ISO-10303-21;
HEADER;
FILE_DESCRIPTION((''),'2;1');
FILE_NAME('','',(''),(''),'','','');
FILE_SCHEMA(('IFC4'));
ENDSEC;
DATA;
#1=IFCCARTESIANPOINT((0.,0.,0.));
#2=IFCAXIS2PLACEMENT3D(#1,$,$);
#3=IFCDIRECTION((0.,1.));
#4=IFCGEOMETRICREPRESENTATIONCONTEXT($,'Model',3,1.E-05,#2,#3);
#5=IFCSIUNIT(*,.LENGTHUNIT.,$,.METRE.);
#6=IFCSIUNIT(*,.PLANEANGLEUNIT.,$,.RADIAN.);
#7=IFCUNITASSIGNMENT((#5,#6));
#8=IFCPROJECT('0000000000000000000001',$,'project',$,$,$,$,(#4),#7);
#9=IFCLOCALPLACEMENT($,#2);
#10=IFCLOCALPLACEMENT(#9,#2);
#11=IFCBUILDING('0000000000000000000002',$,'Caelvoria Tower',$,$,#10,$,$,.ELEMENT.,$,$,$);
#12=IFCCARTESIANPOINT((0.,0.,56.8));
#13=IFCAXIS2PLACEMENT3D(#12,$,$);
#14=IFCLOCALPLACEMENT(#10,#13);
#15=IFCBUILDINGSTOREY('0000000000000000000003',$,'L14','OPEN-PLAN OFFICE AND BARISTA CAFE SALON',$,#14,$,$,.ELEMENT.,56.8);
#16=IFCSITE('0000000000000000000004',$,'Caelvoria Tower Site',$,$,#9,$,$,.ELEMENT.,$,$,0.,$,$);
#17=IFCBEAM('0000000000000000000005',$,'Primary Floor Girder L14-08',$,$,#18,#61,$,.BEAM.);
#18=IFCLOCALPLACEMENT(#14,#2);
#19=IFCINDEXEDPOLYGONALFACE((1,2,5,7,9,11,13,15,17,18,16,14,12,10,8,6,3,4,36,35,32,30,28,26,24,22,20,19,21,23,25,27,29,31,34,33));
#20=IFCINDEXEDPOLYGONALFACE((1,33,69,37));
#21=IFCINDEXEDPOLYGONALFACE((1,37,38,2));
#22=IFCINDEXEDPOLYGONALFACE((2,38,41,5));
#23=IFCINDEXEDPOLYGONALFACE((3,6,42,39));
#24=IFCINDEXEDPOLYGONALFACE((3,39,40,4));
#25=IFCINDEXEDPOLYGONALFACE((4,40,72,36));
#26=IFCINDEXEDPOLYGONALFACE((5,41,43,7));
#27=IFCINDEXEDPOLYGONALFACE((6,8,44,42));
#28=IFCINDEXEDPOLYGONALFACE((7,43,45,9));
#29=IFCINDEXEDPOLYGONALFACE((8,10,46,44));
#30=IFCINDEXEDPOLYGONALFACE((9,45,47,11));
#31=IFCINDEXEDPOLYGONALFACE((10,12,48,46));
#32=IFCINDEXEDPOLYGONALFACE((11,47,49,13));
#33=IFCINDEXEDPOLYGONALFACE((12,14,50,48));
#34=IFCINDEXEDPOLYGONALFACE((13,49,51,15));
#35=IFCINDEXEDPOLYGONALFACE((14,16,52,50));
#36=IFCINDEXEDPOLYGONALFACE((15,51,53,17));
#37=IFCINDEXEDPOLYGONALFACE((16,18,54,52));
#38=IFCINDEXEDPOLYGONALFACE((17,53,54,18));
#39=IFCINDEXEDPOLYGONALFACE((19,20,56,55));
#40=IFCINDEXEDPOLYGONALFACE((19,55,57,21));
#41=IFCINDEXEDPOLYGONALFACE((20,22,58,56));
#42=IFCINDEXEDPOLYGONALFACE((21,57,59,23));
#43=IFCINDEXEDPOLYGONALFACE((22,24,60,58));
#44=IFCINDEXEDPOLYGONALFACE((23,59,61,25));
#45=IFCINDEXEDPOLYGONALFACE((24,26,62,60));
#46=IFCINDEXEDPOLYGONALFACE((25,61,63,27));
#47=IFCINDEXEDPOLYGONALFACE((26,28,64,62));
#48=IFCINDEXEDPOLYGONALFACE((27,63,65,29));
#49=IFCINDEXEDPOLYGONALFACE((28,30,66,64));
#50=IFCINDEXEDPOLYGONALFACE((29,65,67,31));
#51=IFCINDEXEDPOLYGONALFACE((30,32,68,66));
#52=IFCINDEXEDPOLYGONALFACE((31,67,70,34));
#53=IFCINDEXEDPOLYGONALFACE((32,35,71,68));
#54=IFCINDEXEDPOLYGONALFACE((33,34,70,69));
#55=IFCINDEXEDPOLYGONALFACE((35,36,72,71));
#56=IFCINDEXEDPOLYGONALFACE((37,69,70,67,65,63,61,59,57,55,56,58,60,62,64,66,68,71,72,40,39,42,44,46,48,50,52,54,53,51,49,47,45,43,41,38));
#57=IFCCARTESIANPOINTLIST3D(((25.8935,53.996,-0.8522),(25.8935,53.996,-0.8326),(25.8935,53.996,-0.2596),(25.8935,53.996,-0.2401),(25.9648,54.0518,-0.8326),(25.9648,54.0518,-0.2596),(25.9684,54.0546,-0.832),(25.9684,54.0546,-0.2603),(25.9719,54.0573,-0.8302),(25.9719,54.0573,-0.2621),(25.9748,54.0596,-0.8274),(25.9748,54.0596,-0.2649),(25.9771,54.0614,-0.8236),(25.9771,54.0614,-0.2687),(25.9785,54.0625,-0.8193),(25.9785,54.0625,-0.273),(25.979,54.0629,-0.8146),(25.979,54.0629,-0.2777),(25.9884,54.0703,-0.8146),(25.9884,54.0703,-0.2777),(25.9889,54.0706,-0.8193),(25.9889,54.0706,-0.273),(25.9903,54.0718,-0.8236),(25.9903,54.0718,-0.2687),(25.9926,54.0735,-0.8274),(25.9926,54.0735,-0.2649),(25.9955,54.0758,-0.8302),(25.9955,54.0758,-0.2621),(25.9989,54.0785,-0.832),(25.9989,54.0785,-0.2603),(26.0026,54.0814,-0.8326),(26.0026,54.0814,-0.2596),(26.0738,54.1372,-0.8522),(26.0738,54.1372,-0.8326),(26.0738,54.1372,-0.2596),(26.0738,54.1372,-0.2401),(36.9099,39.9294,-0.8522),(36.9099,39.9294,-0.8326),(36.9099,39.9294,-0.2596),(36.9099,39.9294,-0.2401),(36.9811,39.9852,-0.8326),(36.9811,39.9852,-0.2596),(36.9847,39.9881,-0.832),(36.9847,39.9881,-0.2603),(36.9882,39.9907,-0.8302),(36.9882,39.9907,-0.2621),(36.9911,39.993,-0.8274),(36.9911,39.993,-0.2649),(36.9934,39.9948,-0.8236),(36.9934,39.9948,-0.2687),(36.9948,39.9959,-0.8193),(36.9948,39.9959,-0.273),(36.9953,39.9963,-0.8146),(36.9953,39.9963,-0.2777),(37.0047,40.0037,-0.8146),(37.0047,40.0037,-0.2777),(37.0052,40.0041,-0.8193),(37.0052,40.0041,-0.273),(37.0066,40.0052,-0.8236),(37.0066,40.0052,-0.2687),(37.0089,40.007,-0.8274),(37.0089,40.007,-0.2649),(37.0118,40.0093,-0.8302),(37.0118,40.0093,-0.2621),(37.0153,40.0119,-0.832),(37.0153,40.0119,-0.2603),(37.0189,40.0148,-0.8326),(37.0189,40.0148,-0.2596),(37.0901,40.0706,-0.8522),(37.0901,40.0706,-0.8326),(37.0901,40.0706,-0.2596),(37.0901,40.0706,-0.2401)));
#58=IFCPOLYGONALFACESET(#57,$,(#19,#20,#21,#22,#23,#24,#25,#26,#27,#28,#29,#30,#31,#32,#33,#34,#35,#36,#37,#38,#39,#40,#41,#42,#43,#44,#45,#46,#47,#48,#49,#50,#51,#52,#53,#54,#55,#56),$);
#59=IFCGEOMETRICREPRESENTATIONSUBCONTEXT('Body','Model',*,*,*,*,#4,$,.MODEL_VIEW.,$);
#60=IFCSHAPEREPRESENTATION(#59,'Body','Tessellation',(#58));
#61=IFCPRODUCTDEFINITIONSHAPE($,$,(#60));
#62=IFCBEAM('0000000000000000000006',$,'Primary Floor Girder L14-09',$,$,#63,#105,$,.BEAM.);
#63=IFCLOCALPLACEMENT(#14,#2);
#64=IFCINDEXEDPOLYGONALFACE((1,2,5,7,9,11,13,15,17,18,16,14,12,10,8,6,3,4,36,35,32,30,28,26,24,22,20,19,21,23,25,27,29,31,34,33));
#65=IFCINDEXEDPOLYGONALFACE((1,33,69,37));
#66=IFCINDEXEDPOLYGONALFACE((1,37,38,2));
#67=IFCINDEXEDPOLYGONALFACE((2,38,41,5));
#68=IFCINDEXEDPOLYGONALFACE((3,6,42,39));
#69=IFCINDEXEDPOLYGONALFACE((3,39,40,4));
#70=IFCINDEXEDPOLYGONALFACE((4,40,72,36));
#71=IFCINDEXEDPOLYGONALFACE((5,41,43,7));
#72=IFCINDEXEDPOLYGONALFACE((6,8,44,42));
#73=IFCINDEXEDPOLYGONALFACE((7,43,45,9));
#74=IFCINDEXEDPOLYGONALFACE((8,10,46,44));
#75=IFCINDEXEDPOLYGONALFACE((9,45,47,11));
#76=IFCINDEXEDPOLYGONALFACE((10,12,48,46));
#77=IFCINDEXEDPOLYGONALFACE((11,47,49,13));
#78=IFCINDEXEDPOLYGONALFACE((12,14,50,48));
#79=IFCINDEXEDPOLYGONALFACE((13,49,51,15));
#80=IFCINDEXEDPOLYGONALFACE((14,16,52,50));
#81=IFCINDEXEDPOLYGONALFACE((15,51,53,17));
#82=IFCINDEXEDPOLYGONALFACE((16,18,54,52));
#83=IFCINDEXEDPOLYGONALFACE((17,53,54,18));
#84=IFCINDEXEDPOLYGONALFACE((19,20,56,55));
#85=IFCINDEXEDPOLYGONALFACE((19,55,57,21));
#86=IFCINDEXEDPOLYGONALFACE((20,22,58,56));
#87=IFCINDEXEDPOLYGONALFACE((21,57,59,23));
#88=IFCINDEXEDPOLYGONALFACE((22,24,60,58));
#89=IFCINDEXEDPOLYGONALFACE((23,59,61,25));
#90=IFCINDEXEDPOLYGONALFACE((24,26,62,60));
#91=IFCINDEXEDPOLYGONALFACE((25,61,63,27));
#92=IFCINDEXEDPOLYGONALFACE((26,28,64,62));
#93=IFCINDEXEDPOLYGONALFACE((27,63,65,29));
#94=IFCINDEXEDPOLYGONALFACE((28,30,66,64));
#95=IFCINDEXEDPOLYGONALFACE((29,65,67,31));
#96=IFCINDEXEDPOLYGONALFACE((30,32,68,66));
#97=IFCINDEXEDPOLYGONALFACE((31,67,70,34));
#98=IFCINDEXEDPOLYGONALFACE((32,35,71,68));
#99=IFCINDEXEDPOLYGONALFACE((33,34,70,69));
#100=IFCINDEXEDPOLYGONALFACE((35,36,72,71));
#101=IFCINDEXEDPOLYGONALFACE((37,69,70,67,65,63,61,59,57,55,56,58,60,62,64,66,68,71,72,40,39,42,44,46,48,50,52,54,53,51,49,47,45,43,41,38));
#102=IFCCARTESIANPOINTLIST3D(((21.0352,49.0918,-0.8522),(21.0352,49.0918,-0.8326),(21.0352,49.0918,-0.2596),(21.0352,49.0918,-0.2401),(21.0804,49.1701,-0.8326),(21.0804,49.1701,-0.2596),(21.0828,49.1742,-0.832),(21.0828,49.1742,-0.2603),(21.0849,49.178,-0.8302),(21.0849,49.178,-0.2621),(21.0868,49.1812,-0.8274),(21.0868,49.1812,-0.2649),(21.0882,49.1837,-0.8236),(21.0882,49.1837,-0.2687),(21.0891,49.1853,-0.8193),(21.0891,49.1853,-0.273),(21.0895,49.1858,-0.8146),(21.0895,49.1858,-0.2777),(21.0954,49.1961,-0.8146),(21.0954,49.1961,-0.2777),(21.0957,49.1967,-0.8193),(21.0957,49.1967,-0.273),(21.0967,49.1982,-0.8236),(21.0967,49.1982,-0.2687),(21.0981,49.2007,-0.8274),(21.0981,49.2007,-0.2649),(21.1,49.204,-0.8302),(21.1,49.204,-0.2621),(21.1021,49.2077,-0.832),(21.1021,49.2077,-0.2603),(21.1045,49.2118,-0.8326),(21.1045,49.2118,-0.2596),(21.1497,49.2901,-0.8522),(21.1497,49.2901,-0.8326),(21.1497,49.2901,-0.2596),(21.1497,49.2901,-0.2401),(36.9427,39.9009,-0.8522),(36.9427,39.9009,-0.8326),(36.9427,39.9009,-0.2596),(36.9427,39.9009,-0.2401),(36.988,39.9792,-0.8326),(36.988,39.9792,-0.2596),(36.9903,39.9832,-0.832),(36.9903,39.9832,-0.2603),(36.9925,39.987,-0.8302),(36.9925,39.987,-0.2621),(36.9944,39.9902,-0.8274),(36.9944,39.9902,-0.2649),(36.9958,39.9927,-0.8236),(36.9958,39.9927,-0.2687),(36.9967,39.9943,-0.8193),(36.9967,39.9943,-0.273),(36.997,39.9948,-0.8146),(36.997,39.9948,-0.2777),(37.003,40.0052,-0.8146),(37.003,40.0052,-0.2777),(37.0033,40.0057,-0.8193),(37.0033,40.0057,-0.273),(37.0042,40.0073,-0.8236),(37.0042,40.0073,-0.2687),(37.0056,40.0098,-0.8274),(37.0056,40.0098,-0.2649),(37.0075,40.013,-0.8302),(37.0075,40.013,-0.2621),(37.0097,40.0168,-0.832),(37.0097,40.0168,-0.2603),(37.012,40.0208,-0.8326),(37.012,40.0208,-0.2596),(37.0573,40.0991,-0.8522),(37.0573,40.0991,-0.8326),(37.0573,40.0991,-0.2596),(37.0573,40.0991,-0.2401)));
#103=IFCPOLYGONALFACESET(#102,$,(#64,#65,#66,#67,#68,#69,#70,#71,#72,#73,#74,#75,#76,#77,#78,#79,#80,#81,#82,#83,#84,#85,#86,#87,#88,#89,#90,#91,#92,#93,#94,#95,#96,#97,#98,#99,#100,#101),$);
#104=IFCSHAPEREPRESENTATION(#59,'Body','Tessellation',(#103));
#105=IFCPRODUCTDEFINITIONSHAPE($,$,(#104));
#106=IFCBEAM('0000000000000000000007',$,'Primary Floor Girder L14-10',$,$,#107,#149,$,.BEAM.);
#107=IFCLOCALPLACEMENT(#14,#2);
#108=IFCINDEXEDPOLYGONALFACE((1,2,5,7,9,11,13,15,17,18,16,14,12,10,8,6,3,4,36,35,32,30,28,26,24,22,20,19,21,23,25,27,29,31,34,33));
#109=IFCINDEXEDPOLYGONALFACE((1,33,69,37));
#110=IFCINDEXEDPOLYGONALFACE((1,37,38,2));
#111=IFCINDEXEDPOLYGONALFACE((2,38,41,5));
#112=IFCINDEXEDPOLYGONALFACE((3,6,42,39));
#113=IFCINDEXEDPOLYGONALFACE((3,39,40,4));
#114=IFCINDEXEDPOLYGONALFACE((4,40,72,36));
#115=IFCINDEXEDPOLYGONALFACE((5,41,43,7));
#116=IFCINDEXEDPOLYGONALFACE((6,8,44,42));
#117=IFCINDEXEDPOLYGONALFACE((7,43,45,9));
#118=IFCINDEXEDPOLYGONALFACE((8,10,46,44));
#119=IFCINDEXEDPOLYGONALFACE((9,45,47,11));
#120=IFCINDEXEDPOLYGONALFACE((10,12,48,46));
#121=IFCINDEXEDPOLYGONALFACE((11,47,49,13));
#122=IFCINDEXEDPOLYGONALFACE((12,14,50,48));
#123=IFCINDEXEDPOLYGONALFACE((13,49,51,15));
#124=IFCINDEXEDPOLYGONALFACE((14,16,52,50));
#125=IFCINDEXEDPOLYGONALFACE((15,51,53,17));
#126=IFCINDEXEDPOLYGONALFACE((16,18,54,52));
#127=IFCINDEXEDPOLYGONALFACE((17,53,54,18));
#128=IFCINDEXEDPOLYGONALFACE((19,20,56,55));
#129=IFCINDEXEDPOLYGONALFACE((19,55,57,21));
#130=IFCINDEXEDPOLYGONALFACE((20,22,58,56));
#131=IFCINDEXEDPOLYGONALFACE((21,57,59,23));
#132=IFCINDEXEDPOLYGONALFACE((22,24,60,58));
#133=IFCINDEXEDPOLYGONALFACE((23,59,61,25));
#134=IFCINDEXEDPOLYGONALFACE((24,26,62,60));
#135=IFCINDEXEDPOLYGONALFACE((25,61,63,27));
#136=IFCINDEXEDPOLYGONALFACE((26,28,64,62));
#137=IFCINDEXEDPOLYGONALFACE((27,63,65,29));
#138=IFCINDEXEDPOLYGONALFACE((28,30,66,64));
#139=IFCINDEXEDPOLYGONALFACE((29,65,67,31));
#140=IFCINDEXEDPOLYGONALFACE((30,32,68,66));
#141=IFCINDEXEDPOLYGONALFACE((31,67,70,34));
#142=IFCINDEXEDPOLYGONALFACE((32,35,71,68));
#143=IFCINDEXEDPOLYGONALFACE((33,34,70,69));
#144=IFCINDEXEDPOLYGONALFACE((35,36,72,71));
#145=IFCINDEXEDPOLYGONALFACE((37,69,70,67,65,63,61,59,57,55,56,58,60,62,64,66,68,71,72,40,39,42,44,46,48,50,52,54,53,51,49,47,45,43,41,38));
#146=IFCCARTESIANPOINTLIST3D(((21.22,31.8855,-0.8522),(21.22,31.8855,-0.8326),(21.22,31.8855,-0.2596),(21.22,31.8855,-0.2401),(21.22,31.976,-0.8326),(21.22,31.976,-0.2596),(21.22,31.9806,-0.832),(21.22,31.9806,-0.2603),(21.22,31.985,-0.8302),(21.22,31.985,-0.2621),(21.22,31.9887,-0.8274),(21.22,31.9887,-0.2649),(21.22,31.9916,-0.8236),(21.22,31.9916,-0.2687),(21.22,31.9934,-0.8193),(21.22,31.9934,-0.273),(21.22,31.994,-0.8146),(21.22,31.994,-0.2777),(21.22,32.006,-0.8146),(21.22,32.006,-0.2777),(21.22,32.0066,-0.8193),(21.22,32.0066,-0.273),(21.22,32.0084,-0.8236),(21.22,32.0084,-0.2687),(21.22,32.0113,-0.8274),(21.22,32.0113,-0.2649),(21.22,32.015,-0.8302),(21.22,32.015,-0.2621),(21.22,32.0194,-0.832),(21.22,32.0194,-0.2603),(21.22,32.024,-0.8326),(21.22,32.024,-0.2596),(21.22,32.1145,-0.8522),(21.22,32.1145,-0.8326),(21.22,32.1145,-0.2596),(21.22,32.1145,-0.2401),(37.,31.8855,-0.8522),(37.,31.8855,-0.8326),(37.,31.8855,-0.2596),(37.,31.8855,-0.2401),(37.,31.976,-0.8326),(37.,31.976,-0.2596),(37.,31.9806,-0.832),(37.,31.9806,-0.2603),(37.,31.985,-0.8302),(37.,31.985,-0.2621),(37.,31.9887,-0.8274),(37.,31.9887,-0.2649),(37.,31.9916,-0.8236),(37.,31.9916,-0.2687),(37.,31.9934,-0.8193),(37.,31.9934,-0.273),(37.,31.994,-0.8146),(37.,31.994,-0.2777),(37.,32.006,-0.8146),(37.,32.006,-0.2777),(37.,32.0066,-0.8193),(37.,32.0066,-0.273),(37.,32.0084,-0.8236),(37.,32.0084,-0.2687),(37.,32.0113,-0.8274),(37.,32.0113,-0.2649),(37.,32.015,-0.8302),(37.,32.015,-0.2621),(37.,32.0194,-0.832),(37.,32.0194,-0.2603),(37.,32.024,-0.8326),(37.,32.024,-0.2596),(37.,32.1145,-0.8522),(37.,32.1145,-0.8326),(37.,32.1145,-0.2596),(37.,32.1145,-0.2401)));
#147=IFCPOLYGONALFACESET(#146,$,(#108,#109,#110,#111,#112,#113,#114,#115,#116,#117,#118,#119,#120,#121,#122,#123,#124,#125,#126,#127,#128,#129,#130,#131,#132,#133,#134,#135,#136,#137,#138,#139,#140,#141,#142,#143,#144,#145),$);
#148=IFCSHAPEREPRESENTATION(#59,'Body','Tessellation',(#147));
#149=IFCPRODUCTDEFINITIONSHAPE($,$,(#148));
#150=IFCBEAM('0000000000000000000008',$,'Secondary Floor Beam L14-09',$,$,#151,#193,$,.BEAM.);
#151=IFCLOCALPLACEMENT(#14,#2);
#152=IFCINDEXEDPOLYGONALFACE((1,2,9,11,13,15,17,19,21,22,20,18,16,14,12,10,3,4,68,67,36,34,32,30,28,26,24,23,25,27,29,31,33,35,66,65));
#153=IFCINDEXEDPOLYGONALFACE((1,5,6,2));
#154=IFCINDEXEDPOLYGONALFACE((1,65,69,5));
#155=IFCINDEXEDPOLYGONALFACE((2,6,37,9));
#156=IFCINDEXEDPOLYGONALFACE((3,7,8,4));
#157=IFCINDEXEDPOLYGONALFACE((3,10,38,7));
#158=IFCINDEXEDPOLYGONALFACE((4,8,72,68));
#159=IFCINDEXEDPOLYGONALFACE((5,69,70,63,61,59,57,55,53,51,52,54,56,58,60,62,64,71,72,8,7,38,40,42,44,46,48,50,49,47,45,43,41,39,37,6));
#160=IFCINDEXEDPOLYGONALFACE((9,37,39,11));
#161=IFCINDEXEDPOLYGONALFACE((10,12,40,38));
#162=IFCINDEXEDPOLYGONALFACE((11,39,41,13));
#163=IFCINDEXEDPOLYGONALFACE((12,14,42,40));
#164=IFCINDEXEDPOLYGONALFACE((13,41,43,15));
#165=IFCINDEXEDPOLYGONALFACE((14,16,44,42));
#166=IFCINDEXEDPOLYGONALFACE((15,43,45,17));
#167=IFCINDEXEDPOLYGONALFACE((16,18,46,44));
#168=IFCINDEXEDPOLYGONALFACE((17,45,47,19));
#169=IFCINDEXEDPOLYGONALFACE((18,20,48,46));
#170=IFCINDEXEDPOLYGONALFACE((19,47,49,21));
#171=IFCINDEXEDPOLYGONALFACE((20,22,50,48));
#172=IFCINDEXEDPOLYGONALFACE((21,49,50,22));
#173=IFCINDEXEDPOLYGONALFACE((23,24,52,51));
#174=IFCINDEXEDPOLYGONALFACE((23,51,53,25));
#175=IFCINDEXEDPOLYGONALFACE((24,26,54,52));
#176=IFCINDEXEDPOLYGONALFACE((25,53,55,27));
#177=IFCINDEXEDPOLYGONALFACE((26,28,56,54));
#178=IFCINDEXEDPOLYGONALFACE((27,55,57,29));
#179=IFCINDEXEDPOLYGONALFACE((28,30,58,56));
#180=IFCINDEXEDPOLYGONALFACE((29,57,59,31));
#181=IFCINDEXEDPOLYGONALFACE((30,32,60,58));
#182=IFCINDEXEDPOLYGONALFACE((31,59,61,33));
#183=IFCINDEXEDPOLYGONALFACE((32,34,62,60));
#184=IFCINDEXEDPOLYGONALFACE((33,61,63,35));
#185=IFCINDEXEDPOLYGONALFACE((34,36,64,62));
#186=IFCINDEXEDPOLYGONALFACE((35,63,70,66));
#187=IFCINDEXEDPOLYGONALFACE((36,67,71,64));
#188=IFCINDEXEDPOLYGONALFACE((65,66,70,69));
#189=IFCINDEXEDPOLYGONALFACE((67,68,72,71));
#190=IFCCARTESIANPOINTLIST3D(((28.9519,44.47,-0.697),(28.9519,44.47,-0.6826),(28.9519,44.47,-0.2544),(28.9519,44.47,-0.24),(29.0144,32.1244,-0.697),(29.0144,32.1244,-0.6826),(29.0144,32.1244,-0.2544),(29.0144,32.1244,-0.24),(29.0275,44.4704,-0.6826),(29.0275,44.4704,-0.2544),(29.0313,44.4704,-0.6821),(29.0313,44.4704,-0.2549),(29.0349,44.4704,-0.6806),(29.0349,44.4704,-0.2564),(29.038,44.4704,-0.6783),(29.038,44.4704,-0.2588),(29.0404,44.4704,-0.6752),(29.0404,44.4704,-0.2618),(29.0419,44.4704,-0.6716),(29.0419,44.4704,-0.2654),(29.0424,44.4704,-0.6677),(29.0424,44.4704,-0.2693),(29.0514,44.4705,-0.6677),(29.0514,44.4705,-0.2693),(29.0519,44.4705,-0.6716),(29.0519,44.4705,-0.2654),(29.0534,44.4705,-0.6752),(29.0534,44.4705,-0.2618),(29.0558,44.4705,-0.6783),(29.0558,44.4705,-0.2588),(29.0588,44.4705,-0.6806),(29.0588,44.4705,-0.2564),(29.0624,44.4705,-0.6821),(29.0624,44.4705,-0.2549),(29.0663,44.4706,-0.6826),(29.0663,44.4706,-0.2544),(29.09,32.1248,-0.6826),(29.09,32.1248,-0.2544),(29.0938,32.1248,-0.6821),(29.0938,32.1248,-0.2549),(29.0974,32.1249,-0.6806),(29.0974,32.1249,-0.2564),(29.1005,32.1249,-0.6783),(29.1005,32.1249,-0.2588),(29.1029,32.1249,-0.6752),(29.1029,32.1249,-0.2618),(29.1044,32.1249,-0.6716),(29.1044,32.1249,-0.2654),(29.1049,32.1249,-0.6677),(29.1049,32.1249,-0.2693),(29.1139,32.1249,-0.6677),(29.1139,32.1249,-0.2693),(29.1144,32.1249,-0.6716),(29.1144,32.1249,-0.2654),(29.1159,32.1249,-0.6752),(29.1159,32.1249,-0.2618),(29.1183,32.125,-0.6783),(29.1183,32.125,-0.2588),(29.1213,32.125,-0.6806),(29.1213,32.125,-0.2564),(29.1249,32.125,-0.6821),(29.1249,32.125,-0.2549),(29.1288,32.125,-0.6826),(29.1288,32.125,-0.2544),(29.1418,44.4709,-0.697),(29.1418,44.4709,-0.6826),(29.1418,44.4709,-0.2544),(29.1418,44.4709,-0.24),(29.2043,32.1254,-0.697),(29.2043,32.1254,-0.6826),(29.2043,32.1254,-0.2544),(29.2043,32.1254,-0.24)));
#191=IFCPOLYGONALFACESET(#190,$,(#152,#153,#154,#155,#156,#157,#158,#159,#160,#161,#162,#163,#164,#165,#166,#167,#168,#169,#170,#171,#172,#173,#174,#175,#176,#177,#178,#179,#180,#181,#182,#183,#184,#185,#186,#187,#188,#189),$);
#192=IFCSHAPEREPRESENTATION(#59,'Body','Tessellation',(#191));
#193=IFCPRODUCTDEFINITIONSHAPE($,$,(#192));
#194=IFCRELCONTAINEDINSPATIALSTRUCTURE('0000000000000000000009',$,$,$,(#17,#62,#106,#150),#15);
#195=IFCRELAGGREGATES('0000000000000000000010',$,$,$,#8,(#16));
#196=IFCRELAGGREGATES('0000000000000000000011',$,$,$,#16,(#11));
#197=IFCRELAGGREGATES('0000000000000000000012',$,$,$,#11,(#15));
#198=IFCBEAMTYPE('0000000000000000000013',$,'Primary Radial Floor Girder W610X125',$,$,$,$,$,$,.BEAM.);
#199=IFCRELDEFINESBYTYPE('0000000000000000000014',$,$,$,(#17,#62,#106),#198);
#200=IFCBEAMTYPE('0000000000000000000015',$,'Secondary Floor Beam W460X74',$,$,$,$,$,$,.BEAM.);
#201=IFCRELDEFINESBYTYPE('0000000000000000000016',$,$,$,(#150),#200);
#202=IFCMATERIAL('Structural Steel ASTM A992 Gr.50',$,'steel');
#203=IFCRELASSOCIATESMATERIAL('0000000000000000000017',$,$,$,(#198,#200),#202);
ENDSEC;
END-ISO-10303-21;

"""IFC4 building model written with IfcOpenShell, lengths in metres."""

from ifc_helpers import new_model, si_unit, direction, frame, origin, origin_2d, place, context, subcontext, project, spatial, i_section, extrude, material, material_profile, profile_set, type_object, element, save


model = new_model("IFC4")

# Units and contexts
model_context = context("Model", 3, precision=1e-05, world=origin(), true_north=direction((0.0, 1.0)))
body_context = subcontext(model_context, "Body", "Model", "MODEL_VIEW")
ifc_project = project(units=[si_unit("LENGTHUNIT", "METRE"), si_unit("PLANEANGLEUNIT", "RADIAN")], contexts=[model_context])

# Site, building, storey
site_placement = place(None, origin())
site = spatial("IfcSite", under=ifc_project, at=site_placement, Name="Caelvoria Tower Site", CompositionType="ELEMENT", RefElevation=0.0)
building_placement = place(site_placement, origin())
building = spatial("IfcBuilding", under=site, at=building_placement, Name="Caelvoria Tower", CompositionType="ELEMENT")
storey_placement = place(building_placement, frame((0.0, 0.0, 56.8)))
storey = spatial("IfcBuildingStorey", under=building, at=storey_placement, Name="L14", Description="OPEN-PLAN OFFICE AND BARISTA CAFE SALON", CompositionType="ELEMENT", Elevation=56.8)

# Beams
ifc_material_1 = material(Name="Structural Steel ASTM A992 Gr.50", Category="steel")
ifc_material_profile_1 = material_profile(ifc_material_1, i_section(OverallWidth=0.229, OverallDepth=0.6121, WebThickness=0.012, FlangeThickness=0.0195, FilletRadius=0.0181, at=origin_2d()), Name="Structural Steel ASTM A992 Gr.50")
ifc_profile_set_1 = profile_set([ifc_material_profile_1], Name="W610X125 - Structural Steel ASTM A992 Gr.50")
beam_type_1 = type_object("IfcBeamType", Name="Primary Radial Floor Girder W610X125", PredefinedType="BEAM", material=ifc_profile_set_1)
beam_1_placement = place(storey_placement, frame((37.0, 40.0, -0.5461), z_axis=(-0.616575, 0.787296, 0.0), x_axis=(-0.787296, -0.616575, 0.0)))
element("IfcBeam", 1, at=beam_1_placement, inside=storey, type_object=beam_type_1, Name="Primary Floor Girder L14-08", PredefinedType="BEAM", context=body_context, shape_type="SweptSolid", body=[
    extrude(i_section(OverallWidth=0.229, OverallDepth=0.6121, WebThickness=0.012, FlangeThickness=0.0195, FilletRadius=0.0181, at=origin_2d()), origin(), (0.0, 0.0, 1.0), 17.8669),
])
beam_2_placement = place(storey_placement, frame((37.0, 40.0, -0.5461), z_axis=(-0.865867, 0.500275, 0.0), x_axis=(-0.500275, -0.865867, 0.0)))
element("IfcBeam", 2, at=beam_2_placement, inside=storey, type_object=beam_type_1, Name="Primary Floor Girder L14-09", PredefinedType="BEAM", context=body_context, shape_type="SweptSolid", body=[
    extrude(i_section(OverallWidth=0.229, OverallDepth=0.6121, WebThickness=0.012, FlangeThickness=0.0195, FilletRadius=0.0181, at=origin_2d()), origin(), (0.0, 0.0, 1.0), 18.3718),
])
beam_3_placement = place(storey_placement, frame((37.0, 32.0, -0.5461), z_axis=(-1.0, 0.0, 0.0), x_axis=(0.0, -1.0, 0.0)))
element("IfcBeam", 3, at=beam_3_placement, inside=storey, type_object=beam_type_1, Name="Primary Floor Girder L14-10", PredefinedType="BEAM", context=body_context, shape_type="SweptSolid", body=[
    extrude(i_section(OverallWidth=0.229, OverallDepth=0.6121, WebThickness=0.012, FlangeThickness=0.0195, FilletRadius=0.0181, at=origin_2d()), origin(), (0.0, 0.0, 1.0), 15.78),
])
ifc_material_profile_2 = material_profile(ifc_material_1, i_section(OverallWidth=0.1899, OverallDepth=0.457, WebThickness=0.009, FlangeThickness=0.0144, FilletRadius=0.0149, at=origin_2d()), Name="Structural Steel ASTM A992 Gr.50")
ifc_profile_set_2 = profile_set([ifc_material_profile_2], Name="W460X74 - Structural Steel ASTM A992 Gr.50")
beam_type_2 = type_object("IfcBeamType", Name="Secondary Floor Beam W460X74", PredefinedType="BEAM", material=ifc_profile_set_2)
for number, where, z_axis, x_axis, name in (
    (4, (29.0469, 44.4705, -0.4685), (0.005063, -0.999987, 0.0), (0.999987, 0.005063, 0.0), "Secondary Floor Beam L14-09"),
):
    element("IfcBeam", number, at=place(storey_placement, frame(where, z_axis=z_axis, x_axis=x_axis)), inside=storey, type_object=beam_type_2, Name=name, PredefinedType="BEAM", context=body_context, shape_type="SweptSolid", body=[
        extrude(i_section(OverallWidth=0.1899, OverallDepth=0.457, WebThickness=0.009, FlangeThickness=0.0144, FilletRadius=0.0149, at=origin_2d()), origin(), (0.0, 0.0, 1.0), 12.3457),
    ])

save(model, "model.ifc")
